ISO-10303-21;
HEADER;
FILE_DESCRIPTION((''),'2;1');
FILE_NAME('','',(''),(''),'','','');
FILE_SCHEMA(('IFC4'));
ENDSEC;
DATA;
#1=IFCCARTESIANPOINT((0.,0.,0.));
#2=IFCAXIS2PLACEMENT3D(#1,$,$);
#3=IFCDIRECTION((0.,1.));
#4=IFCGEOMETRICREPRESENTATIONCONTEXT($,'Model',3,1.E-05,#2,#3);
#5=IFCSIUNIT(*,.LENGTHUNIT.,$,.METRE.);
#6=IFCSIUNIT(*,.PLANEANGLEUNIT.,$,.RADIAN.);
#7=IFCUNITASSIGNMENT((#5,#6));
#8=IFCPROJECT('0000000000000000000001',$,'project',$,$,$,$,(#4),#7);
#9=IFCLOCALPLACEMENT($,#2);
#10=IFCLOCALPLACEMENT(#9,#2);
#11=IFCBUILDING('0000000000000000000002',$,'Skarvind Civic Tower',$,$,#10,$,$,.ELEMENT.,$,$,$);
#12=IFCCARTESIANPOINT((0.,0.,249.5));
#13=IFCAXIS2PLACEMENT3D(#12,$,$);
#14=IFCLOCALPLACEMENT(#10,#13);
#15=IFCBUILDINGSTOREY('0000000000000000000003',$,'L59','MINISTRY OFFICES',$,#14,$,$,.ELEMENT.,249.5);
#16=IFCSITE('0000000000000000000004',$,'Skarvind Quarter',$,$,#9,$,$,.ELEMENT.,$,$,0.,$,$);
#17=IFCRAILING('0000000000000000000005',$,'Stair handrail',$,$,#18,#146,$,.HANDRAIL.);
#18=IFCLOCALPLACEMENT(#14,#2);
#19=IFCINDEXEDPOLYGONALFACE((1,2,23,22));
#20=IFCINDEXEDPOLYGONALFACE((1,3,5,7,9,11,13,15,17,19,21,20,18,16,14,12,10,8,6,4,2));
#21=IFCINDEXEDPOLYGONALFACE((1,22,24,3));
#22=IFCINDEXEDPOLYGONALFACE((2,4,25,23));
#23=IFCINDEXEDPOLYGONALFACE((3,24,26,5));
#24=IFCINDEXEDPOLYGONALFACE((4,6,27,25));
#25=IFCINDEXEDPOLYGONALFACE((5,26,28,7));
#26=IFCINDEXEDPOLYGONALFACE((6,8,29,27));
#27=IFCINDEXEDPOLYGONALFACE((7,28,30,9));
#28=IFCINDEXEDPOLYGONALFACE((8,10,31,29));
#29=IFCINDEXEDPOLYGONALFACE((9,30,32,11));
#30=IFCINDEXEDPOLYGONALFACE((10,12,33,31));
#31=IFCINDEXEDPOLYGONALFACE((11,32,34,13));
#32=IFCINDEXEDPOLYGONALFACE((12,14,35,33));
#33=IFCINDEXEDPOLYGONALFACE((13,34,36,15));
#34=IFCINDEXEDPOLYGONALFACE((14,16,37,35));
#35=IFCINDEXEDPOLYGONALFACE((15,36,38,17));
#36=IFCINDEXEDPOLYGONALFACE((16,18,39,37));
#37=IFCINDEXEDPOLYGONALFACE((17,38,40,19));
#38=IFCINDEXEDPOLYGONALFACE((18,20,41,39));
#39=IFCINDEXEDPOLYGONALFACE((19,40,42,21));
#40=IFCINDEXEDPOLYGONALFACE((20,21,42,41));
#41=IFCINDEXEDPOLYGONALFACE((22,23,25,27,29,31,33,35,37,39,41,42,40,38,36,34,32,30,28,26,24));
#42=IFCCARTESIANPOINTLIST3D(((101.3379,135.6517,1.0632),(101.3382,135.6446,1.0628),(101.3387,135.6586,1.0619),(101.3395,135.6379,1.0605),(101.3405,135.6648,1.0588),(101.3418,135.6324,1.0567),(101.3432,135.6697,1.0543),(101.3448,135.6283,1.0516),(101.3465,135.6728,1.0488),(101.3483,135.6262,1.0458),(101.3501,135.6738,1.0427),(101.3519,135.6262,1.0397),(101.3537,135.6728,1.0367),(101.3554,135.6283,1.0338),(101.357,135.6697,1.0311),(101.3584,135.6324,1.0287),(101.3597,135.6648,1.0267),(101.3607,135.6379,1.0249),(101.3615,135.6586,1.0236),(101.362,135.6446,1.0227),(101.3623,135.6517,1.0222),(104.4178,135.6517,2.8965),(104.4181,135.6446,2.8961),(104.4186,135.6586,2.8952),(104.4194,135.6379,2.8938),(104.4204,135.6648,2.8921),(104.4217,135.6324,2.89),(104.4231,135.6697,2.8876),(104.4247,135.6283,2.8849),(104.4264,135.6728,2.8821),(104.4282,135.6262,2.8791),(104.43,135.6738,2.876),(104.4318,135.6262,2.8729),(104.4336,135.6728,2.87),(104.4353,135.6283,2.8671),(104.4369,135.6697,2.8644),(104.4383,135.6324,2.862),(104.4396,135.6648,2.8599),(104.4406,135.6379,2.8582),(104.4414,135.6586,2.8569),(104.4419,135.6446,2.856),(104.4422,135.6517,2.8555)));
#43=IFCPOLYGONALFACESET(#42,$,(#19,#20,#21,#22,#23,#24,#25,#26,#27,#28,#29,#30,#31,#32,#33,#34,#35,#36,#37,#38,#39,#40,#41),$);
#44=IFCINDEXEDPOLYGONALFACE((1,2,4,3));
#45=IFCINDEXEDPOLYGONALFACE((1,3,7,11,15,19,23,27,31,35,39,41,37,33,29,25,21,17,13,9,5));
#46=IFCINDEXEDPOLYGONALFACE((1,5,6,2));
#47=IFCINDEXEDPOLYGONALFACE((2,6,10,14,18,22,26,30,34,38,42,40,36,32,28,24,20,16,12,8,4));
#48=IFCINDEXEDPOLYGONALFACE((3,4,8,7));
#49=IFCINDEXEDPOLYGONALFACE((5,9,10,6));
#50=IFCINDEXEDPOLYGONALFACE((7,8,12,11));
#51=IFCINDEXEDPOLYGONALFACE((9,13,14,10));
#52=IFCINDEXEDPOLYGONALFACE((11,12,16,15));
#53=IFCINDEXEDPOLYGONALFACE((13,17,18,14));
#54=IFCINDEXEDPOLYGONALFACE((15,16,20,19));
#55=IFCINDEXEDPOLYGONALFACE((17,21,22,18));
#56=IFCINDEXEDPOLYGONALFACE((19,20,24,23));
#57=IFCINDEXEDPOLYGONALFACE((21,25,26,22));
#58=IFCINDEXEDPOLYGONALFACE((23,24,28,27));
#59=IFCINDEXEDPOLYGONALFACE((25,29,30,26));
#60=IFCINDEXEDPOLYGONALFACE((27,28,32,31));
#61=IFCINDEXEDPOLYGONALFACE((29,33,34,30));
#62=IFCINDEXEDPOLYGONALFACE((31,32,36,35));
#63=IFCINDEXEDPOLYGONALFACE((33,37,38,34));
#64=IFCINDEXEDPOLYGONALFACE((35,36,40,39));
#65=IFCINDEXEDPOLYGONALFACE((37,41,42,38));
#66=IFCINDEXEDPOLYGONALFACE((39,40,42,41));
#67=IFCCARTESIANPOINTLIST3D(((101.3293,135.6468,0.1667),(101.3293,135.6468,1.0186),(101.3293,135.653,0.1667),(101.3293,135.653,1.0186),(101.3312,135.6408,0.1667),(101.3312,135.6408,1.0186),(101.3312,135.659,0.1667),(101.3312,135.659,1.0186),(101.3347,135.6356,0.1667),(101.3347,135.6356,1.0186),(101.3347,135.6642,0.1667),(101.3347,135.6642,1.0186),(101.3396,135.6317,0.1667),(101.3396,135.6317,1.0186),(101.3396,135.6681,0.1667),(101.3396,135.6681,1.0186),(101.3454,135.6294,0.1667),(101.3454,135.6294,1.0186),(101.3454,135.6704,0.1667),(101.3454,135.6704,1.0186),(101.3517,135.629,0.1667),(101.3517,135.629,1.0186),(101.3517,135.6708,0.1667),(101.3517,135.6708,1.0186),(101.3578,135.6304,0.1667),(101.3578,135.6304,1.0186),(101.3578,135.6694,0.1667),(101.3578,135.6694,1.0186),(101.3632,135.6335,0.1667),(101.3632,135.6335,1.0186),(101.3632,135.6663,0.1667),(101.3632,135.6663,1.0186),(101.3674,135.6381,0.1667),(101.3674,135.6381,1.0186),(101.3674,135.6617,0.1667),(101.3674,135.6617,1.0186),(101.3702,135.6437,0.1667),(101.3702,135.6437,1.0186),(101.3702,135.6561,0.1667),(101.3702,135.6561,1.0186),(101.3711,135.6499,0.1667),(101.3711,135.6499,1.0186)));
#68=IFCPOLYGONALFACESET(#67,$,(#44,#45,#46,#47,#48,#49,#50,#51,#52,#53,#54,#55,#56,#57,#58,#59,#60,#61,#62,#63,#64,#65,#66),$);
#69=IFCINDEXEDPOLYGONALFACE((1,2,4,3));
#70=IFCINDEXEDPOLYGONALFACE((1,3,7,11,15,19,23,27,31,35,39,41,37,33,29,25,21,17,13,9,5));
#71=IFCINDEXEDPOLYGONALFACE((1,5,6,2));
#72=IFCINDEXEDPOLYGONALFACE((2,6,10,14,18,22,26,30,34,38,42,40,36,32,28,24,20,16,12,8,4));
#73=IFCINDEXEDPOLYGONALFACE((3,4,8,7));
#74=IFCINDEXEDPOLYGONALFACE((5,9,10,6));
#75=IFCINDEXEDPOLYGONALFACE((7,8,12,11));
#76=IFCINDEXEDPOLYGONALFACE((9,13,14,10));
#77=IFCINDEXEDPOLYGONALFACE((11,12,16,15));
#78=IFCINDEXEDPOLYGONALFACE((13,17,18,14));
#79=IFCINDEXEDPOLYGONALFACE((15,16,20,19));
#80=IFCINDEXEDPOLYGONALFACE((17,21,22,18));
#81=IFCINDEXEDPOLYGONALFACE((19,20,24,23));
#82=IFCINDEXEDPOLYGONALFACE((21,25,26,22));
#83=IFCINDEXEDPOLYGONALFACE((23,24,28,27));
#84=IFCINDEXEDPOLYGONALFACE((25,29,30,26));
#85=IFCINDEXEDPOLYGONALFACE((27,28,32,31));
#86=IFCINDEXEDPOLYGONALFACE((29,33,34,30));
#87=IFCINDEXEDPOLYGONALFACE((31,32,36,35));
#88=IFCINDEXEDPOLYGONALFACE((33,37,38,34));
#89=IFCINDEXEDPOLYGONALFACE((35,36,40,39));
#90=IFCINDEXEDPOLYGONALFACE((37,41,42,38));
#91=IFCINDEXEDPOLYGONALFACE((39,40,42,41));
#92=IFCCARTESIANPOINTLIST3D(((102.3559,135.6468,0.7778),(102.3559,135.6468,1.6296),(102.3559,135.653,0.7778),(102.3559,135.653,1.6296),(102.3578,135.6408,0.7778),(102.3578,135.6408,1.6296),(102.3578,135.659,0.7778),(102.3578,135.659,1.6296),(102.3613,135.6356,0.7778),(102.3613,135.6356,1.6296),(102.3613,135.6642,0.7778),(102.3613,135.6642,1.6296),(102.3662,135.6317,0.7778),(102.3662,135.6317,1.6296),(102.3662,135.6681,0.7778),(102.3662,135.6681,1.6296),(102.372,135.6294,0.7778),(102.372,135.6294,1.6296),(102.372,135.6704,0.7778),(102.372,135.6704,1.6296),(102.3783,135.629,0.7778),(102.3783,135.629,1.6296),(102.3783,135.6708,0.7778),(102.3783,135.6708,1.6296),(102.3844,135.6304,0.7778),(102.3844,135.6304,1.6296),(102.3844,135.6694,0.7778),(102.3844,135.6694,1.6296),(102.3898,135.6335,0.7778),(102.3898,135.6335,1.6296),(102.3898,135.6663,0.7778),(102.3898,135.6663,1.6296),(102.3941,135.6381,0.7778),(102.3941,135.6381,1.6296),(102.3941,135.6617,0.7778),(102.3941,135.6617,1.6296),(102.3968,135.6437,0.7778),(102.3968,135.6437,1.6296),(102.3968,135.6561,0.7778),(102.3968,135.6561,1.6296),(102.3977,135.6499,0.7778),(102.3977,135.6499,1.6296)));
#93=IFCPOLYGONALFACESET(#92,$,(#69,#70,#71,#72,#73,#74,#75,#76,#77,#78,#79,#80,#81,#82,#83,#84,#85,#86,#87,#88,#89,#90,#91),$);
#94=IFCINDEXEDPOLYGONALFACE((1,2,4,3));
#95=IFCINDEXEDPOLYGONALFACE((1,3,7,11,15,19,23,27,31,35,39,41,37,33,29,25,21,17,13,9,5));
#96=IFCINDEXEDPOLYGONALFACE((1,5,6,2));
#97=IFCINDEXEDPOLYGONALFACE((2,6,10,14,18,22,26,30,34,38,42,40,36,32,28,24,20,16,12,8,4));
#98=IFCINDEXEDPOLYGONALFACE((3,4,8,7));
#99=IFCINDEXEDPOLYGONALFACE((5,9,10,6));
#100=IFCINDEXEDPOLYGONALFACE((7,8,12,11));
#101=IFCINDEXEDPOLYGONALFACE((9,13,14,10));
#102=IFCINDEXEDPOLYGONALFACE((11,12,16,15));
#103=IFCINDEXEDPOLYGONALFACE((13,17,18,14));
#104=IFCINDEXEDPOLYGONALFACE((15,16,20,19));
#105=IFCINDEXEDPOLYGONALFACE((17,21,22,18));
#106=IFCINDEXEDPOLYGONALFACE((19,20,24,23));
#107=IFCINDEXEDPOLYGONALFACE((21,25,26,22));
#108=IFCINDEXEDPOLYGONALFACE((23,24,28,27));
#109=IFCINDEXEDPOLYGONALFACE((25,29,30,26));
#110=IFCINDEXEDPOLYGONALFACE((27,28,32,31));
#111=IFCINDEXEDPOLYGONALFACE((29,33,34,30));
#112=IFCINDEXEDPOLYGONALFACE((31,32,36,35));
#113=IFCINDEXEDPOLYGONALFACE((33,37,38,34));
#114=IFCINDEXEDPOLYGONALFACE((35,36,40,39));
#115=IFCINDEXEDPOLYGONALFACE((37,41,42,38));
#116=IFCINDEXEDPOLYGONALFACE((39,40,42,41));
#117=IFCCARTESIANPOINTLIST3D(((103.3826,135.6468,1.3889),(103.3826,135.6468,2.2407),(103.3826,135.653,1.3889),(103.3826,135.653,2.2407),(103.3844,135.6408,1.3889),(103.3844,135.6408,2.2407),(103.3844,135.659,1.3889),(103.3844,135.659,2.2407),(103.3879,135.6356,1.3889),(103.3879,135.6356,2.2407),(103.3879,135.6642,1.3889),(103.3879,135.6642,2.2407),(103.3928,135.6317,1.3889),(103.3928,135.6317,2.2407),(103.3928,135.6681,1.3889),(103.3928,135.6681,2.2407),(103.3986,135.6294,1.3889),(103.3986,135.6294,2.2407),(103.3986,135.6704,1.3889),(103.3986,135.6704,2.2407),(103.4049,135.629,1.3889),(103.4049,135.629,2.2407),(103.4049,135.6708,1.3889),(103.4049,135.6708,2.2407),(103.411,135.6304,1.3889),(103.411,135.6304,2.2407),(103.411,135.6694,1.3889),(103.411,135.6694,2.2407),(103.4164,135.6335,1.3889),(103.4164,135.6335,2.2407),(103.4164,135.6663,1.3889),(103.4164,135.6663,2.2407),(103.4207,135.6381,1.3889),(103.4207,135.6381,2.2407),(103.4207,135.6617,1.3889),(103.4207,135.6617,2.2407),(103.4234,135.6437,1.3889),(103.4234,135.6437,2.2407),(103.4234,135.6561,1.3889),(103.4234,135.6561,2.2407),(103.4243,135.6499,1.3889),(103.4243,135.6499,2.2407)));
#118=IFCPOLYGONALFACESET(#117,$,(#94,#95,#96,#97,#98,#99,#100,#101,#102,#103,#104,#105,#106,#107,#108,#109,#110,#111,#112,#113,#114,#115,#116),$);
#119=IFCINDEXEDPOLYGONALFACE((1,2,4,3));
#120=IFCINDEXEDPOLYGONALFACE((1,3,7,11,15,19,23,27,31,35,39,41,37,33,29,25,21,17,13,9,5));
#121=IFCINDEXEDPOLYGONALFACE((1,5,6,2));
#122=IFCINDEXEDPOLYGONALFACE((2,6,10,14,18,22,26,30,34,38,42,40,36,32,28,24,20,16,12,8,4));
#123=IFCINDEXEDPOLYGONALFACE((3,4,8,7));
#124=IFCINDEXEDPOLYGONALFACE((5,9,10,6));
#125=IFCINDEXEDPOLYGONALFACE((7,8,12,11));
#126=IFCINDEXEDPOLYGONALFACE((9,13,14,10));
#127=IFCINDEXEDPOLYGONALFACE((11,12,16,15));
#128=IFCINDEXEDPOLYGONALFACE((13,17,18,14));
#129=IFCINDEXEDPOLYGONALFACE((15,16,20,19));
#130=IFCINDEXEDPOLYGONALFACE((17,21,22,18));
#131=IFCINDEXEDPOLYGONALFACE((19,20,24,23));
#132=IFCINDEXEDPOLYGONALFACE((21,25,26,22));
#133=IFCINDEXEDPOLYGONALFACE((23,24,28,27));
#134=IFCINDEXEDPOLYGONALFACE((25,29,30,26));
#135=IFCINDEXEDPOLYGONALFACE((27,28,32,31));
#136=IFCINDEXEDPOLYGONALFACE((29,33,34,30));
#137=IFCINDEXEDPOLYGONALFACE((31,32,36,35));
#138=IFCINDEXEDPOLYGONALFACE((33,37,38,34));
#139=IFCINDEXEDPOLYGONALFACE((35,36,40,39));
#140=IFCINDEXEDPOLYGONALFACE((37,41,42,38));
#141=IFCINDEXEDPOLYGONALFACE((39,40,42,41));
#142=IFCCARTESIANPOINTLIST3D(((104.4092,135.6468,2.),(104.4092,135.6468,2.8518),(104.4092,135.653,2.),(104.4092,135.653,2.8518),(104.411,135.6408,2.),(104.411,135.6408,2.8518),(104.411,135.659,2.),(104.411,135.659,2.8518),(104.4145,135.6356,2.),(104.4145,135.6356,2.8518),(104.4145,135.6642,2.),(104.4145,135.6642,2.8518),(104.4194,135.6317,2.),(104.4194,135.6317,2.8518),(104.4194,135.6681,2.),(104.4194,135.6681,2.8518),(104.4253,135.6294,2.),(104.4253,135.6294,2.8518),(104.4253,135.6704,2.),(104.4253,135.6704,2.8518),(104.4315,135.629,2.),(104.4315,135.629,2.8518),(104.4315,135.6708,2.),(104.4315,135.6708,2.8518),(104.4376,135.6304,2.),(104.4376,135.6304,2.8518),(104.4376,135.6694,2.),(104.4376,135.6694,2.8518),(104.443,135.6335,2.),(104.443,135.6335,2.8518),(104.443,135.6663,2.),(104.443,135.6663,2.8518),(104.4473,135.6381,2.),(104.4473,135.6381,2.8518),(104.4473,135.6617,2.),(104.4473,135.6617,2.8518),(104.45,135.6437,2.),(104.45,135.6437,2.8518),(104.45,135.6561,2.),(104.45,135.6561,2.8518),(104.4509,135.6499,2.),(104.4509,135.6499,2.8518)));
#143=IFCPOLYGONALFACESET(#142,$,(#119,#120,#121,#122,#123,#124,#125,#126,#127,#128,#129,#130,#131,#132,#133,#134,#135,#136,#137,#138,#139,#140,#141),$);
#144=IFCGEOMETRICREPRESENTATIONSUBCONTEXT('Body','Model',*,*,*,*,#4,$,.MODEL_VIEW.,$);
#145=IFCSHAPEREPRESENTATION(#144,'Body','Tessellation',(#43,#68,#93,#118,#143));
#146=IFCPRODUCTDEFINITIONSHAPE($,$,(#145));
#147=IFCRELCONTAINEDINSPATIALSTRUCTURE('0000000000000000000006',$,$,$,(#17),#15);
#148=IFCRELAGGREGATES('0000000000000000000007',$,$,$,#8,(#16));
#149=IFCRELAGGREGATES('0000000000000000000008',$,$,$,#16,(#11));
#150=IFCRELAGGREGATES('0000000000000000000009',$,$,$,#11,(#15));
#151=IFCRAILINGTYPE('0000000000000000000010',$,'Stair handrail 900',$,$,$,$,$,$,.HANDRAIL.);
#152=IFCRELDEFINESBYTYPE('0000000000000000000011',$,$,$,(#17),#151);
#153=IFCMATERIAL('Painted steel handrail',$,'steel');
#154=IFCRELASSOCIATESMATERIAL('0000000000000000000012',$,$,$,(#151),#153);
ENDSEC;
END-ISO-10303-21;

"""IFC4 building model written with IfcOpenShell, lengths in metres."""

from ifc_helpers import new_model, si_unit, direction, frame, origin, origin_2d, place, context, subcontext, project, spatial, circle, extrude, material, type_object, element, save


model = new_model("IFC4")

# Units and contexts
model_context = context("Model", 3, precision=1e-05, world=origin(), true_north=direction((0.0, 1.0)))
body_context = subcontext(model_context, "Body", "Model", "MODEL_VIEW")
ifc_project = project(units=[si_unit("LENGTHUNIT", "METRE"), si_unit("PLANEANGLEUNIT", "RADIAN")], contexts=[model_context])

# Site, building, storey
site_placement = place(None, origin())
site = spatial("IfcSite", under=ifc_project, at=site_placement, Name="Skarvind Quarter", CompositionType="ELEMENT", RefElevation=0.0)
building_placement = place(site_placement, origin())
building = spatial("IfcBuilding", under=site, at=building_placement, Name="Skarvind Civic Tower", CompositionType="ELEMENT")
storey_placement = place(building_placement, frame((0.0, 0.0, 249.5)))
storey = spatial("IfcBuildingStorey", under=building, at=storey_placement, Name="L59", Description="MINISTRY OFFICES", CompositionType="ELEMENT", Elevation=249.5)

# Railing
ifc_material_1 = material(Name="Painted steel handrail", Category="steel")
railing_type = type_object("IfcRailingType", Name="Stair handrail 900", PredefinedType="HANDRAIL", material=ifc_material_1)
railing_1_placement = place(storey_placement, frame((101.3501, 135.6499, 0.1667)))
element("IfcRailing", 1, at=railing_1_placement, inside=storey, type_object=railing_type, Name="Stair handrail", PredefinedType="HANDRAIL", context=body_context, shape_type="SweptSolid", body=[
    extrude(circle(Radius=0.0239, at=origin_2d()), frame((0.0, 0.0, 0.876), z_axis=(0.859291, 0.0, 0.511487), x_axis=(0.0, 1.0, 0.0)), (0.0, 0.0, 1.0), 3.5842),
    extrude(circle(Radius=0.021, at=origin_2d()), origin(), (0.0, 0.0, 1.0), 0.8518),
    extrude(circle(Radius=0.021, at=origin_2d()), frame((1.0266, 0.0, 0.6111)), (0.0, 0.0, 1.0), 0.8518),
    extrude(circle(Radius=0.021, at=origin_2d()), frame((2.0532, 0.0, 1.2222)), (0.0, 0.0, 1.0), 0.8518),
    extrude(circle(Radius=0.021, at=origin_2d()), frame((3.0798, 0.0, 1.8333)), (0.0, 0.0, 1.0), 0.8518),
])

save(model, "model.ifc")
